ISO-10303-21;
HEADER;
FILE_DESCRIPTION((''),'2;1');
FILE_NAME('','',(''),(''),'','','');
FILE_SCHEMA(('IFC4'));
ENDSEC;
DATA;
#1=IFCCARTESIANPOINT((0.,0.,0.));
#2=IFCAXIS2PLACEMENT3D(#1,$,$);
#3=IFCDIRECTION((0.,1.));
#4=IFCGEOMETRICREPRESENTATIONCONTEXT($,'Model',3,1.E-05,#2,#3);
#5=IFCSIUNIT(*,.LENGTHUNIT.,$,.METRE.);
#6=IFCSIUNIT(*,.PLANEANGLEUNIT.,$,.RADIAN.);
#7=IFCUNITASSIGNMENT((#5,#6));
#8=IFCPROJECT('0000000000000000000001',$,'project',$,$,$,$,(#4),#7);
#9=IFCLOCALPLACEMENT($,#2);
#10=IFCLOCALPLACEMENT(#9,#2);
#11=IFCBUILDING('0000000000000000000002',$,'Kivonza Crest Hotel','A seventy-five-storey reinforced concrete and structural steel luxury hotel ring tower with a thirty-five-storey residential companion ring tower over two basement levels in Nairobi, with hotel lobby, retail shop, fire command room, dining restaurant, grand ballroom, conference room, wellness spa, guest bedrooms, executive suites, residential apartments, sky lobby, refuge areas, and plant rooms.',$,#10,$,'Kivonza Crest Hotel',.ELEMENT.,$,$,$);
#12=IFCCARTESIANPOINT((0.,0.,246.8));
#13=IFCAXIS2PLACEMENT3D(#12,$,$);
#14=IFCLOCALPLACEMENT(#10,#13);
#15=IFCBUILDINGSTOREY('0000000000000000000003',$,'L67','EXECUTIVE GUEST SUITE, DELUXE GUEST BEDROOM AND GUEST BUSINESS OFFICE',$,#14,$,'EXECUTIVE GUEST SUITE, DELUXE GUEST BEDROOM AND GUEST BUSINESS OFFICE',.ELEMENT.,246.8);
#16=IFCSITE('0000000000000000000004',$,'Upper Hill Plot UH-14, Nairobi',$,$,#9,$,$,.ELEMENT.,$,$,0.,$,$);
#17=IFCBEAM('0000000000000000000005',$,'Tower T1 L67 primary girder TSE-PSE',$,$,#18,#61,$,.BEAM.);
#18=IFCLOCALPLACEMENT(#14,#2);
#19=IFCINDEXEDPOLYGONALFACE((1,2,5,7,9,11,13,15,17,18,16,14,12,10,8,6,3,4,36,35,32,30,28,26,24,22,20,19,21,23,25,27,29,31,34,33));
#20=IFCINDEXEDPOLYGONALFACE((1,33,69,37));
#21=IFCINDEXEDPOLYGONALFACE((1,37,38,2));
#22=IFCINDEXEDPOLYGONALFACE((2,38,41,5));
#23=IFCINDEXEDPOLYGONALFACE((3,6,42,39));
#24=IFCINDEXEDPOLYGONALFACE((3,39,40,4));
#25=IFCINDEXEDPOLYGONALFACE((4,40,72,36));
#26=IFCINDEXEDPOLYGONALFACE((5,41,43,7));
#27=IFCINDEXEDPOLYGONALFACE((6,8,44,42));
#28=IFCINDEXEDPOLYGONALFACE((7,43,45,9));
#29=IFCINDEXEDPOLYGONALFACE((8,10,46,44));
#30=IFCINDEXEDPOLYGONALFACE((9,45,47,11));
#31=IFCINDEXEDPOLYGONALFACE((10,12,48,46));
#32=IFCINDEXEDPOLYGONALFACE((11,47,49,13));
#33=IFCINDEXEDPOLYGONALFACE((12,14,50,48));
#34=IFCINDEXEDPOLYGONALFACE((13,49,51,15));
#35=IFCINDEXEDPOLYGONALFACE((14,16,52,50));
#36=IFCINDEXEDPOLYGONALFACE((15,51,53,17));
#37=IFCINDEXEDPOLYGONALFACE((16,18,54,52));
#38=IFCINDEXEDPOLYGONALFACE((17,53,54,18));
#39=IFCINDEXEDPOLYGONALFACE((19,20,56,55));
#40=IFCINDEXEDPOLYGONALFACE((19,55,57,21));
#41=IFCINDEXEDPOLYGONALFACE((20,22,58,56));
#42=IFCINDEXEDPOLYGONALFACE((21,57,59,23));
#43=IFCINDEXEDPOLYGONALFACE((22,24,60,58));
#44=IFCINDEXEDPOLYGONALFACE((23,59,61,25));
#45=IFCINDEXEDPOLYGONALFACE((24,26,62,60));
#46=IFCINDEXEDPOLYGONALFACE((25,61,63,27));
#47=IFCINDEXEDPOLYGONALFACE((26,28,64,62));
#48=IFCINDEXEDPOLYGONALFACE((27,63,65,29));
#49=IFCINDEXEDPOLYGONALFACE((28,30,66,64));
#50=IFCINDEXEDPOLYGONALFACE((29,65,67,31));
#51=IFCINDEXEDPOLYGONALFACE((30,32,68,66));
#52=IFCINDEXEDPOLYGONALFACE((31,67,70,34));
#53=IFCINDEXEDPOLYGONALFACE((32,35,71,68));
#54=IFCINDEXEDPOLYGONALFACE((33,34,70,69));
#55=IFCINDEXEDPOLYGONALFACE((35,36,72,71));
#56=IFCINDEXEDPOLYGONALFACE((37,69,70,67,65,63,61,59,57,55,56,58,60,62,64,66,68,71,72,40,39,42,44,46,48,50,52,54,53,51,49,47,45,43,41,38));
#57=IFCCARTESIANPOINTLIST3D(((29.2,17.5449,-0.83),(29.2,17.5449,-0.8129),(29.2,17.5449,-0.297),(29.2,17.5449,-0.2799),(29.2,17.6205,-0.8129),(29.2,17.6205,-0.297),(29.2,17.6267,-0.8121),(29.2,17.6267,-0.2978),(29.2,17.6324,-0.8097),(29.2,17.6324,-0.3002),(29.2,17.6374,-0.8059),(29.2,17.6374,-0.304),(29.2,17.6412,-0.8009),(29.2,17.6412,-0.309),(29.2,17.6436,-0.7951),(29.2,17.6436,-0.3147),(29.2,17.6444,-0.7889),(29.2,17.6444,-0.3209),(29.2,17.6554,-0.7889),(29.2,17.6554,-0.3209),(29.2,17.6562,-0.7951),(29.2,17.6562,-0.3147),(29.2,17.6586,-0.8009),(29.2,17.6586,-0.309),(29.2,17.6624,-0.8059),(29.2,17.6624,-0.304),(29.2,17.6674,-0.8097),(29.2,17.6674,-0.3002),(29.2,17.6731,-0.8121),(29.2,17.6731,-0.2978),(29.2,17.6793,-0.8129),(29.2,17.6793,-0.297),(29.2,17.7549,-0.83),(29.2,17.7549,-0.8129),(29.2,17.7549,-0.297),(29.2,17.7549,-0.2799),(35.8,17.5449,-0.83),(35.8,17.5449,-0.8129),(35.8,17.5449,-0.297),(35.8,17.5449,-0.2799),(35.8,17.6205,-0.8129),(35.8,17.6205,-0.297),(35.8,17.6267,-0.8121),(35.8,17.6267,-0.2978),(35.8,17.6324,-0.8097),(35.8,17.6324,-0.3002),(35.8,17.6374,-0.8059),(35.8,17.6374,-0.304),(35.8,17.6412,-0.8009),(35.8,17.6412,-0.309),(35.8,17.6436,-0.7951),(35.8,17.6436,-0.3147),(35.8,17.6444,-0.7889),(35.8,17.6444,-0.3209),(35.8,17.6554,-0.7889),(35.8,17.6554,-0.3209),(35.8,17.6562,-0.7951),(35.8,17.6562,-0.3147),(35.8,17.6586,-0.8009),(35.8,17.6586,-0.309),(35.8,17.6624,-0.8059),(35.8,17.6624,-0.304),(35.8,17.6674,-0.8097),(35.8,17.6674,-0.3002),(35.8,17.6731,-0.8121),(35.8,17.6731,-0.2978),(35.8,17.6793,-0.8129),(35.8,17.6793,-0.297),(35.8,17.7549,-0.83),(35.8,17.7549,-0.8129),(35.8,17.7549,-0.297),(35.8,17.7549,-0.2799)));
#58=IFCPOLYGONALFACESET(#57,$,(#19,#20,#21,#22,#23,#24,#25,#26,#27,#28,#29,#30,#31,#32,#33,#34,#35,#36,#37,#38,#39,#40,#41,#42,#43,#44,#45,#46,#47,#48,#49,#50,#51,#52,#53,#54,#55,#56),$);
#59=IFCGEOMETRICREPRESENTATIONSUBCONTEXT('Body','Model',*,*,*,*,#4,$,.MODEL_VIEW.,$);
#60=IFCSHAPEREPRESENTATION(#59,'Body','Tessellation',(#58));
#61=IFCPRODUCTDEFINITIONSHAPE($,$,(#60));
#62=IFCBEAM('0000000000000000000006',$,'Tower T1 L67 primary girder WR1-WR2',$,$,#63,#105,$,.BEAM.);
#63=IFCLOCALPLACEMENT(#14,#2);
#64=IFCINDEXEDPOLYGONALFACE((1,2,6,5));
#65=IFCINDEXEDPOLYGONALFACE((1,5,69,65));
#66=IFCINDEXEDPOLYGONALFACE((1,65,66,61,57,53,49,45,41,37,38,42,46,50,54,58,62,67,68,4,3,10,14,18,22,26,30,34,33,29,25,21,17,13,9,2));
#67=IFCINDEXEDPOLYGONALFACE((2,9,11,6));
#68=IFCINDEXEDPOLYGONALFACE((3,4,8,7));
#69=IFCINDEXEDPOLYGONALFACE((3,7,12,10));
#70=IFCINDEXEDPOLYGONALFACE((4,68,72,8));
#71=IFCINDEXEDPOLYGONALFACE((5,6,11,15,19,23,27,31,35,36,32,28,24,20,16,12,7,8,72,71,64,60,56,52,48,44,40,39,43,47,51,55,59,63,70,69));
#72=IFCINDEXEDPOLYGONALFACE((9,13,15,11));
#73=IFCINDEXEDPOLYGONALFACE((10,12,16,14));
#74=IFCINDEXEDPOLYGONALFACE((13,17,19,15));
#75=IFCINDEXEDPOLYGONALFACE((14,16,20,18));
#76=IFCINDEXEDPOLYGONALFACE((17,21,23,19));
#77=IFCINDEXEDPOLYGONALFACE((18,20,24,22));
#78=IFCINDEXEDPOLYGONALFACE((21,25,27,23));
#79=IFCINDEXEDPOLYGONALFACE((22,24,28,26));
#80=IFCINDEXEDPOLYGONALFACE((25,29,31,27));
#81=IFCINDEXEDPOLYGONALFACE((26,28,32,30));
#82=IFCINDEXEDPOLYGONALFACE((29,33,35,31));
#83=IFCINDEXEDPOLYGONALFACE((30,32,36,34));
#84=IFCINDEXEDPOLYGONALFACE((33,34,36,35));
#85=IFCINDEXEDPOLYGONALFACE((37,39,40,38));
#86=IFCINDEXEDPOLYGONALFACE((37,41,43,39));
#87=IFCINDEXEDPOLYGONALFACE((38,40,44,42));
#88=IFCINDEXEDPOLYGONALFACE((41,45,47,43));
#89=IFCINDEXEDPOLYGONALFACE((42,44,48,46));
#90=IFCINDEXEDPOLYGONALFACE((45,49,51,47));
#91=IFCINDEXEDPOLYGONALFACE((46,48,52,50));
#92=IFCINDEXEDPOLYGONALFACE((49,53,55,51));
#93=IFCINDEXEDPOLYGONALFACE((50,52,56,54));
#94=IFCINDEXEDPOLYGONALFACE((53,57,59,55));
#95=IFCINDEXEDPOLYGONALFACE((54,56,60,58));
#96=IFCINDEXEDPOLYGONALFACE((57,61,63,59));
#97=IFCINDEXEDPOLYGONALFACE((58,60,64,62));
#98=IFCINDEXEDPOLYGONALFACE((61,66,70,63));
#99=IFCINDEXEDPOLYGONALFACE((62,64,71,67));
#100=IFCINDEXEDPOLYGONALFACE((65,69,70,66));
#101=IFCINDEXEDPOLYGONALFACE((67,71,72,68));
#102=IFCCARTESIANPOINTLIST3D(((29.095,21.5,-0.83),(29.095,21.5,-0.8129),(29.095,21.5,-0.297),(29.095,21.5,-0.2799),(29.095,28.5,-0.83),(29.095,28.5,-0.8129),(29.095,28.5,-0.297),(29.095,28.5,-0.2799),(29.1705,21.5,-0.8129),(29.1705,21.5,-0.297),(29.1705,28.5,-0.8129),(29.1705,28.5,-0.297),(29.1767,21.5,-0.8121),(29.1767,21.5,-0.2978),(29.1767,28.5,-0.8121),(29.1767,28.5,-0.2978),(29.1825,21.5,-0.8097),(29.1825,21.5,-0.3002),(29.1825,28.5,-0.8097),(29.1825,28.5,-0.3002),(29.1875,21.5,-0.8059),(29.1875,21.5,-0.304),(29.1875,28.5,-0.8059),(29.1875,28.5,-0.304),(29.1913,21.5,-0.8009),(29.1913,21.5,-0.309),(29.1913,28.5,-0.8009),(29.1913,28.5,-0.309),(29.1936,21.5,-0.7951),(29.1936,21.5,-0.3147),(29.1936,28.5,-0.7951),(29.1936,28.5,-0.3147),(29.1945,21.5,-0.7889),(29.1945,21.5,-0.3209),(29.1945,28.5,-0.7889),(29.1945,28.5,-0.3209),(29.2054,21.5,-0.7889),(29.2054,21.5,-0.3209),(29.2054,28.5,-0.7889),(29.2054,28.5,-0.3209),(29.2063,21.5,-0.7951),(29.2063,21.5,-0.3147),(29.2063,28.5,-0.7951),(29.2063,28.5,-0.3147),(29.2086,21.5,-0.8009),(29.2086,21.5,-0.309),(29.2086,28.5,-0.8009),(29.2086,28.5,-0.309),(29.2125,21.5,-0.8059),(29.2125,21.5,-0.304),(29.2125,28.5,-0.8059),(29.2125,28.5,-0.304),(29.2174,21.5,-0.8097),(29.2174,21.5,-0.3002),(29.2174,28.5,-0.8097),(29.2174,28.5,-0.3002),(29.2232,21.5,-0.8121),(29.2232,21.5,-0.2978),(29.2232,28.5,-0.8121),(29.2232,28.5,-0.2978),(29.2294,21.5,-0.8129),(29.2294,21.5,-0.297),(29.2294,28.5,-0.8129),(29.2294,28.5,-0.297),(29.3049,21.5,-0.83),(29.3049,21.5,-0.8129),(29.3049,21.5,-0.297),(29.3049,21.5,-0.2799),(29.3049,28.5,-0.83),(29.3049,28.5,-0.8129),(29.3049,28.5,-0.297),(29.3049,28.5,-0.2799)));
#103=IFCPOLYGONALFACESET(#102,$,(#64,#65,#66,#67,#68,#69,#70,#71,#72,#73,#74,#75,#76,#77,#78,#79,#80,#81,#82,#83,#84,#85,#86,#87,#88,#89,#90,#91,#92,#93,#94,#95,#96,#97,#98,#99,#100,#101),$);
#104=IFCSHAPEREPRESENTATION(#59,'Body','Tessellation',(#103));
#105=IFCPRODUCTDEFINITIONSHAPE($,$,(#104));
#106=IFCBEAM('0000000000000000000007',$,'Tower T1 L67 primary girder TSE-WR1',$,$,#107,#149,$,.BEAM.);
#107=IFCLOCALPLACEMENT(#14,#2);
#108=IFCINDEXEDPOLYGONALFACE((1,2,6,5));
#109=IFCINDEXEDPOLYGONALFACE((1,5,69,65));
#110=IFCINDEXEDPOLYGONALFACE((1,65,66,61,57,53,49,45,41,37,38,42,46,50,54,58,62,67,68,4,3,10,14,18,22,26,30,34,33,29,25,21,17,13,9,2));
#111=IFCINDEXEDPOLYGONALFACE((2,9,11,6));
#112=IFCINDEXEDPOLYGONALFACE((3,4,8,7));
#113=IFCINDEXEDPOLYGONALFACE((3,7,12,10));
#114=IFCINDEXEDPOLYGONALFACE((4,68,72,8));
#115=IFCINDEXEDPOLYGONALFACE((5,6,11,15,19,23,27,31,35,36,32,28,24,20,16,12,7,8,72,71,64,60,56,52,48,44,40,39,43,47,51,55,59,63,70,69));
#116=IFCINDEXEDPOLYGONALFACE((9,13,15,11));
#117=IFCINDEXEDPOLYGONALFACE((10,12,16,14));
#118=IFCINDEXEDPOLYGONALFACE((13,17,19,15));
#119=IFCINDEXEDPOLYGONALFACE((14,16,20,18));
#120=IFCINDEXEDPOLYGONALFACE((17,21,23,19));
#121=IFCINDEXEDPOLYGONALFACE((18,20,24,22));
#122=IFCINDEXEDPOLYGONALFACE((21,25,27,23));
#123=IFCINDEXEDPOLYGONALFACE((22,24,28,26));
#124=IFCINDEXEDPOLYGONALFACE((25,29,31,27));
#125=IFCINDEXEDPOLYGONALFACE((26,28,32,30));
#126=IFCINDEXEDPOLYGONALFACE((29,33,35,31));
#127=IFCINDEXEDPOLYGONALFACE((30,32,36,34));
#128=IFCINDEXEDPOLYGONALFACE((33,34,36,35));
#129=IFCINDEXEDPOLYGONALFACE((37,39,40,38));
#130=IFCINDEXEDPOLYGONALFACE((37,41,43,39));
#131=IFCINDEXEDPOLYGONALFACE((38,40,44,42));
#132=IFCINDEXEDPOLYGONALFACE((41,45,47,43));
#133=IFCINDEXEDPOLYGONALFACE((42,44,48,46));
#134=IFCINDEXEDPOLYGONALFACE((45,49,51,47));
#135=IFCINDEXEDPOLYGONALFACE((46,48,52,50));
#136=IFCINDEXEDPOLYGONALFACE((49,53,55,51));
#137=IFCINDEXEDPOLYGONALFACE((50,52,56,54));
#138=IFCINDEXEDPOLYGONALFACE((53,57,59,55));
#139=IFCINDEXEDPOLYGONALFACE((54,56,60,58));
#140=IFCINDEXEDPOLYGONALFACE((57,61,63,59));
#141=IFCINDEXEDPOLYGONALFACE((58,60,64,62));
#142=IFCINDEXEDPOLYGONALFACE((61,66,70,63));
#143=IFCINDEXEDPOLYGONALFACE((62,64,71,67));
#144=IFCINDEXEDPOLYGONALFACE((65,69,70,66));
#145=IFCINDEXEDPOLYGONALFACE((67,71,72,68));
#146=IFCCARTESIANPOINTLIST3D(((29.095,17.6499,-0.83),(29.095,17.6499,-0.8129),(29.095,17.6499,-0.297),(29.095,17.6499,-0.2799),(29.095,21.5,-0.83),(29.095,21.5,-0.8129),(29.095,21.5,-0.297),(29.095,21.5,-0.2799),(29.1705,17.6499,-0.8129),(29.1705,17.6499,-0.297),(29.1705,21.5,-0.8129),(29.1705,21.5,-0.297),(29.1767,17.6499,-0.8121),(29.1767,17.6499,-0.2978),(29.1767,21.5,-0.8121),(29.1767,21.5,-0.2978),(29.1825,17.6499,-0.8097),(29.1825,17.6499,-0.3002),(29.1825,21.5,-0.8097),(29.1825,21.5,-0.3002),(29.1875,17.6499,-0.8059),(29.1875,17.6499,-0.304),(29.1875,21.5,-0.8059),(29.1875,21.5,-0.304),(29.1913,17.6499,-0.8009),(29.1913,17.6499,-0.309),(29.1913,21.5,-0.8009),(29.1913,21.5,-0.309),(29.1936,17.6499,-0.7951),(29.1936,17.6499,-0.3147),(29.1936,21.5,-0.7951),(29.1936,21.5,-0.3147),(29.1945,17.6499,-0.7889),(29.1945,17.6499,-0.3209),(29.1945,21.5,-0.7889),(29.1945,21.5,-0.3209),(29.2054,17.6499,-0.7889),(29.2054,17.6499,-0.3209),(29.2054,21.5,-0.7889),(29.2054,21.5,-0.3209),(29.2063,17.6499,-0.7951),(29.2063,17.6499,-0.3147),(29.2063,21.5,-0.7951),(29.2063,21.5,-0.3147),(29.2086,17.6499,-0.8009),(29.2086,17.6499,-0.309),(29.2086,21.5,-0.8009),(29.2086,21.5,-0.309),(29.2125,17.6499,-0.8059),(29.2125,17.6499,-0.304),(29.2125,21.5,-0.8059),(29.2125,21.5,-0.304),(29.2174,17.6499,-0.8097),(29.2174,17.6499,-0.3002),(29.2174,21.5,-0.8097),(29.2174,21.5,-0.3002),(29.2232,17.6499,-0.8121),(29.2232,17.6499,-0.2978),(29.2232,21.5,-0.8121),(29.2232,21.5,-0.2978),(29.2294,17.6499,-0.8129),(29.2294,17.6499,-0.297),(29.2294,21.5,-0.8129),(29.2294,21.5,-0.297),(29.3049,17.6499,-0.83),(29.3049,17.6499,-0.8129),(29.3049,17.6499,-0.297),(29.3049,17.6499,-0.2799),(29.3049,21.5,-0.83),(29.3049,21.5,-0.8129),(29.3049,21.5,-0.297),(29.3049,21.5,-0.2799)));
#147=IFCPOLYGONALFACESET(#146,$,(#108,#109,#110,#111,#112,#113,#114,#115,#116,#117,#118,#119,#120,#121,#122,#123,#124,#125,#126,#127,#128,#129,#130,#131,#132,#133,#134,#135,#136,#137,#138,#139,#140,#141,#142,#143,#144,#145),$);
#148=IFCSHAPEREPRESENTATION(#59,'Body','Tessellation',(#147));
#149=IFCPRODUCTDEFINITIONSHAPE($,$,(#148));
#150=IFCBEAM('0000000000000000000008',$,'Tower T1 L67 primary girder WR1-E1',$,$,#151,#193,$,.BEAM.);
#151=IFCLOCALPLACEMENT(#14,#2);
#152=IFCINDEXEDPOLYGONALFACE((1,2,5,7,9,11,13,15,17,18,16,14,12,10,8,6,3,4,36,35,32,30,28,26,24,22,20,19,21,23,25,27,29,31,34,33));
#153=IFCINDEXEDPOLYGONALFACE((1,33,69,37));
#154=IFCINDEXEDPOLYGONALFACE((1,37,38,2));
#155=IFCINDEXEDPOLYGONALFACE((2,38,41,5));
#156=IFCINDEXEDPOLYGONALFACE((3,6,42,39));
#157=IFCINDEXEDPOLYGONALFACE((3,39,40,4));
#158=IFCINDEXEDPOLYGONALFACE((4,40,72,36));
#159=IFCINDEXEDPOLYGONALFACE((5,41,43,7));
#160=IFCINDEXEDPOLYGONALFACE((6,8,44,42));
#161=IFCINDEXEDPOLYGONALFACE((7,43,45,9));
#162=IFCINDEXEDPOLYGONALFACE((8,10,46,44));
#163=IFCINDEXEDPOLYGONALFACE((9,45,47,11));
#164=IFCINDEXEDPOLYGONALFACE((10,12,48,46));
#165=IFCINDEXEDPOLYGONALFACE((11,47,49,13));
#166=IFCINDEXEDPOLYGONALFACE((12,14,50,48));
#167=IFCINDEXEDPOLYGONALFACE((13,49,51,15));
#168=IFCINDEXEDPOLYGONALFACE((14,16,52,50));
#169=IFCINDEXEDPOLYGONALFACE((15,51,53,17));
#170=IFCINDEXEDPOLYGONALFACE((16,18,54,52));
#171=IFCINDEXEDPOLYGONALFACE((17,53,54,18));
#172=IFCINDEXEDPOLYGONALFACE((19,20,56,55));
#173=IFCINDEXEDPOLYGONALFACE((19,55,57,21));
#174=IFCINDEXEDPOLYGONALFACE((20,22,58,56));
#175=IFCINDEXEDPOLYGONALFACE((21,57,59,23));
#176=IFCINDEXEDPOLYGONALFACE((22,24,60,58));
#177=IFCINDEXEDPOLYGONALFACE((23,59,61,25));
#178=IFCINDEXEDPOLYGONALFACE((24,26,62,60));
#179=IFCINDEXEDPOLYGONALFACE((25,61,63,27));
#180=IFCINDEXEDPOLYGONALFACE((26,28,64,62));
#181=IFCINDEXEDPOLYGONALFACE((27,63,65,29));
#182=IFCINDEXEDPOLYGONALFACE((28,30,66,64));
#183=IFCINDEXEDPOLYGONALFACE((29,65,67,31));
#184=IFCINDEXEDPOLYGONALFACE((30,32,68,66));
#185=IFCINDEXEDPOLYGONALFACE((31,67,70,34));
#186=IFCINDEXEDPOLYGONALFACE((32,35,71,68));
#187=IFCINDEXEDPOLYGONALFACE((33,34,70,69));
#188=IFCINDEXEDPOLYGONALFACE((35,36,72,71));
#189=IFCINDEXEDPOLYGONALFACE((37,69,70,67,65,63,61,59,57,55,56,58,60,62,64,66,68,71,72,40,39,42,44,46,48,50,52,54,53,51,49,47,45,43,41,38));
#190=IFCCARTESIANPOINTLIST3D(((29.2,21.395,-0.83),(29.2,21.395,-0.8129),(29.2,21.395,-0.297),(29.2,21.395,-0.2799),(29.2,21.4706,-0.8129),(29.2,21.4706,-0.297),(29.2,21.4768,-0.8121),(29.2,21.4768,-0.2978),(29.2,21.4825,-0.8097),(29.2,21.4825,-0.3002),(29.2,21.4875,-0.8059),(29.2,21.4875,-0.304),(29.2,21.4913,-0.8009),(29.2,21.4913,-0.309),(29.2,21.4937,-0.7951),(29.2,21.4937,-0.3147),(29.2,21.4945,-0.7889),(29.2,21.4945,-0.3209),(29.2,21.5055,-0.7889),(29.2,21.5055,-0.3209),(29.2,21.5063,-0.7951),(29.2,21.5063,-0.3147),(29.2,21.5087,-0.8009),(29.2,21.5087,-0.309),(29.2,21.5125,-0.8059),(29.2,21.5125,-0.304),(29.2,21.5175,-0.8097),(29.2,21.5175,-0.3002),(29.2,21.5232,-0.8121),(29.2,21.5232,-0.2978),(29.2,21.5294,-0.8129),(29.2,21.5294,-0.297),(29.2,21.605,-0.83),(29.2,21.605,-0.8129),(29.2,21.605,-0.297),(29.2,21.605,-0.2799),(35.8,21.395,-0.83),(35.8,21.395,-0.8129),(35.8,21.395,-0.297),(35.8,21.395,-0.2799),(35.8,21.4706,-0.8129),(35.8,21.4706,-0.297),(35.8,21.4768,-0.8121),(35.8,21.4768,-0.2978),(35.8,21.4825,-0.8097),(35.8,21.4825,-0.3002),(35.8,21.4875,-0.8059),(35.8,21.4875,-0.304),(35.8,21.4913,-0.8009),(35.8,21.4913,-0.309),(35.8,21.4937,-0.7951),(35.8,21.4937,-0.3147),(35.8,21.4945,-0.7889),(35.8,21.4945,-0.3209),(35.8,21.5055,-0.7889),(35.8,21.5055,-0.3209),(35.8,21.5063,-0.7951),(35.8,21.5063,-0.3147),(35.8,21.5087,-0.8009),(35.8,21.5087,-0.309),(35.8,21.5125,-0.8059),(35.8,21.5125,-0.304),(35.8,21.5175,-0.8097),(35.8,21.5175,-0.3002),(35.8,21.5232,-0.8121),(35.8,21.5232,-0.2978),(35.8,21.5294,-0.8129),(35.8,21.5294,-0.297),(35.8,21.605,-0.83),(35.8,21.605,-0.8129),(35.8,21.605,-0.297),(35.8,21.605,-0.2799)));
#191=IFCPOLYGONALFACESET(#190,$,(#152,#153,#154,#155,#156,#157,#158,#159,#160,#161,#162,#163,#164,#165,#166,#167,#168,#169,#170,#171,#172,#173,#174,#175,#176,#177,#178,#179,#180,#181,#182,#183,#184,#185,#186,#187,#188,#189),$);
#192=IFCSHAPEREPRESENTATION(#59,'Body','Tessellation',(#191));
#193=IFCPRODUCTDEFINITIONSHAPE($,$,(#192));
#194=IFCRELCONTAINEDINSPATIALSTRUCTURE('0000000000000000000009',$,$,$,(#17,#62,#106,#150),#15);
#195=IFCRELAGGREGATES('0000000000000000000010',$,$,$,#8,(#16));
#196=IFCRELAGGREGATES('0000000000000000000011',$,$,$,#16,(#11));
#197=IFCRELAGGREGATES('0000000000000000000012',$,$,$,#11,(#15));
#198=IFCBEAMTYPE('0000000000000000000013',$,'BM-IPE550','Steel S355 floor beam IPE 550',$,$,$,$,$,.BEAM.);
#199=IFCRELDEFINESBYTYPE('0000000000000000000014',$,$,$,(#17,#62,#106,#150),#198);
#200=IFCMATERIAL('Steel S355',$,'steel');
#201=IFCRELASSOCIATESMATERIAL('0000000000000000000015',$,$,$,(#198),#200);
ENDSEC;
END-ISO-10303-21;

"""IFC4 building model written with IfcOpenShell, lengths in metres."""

from ifc_helpers import new_model, si_unit, direction, frame, origin, origin_2d, place, context, subcontext, project, spatial, i_section, extrude, material, material_profile, profile_set, type_object, element, save


model = new_model("IFC4")

# Units and contexts
model_context = context("Model", 3, precision=1e-05, world=origin(), true_north=direction((0.0, 1.0)))
body_context = subcontext(model_context, "Body", "Model", "MODEL_VIEW")
ifc_project = project(units=[si_unit("LENGTHUNIT", "METRE"), si_unit("PLANEANGLEUNIT", "RADIAN")], contexts=[model_context])

# Site, building, storey
site_placement = place(None, origin())
site = spatial("IfcSite", under=ifc_project, at=site_placement, Name="Upper Hill Plot UH-14, Nairobi", CompositionType="ELEMENT", RefElevation=0.0)
building_placement = place(site_placement, origin())
building = spatial("IfcBuilding", under=site, at=building_placement, Name="Kivonza Crest Hotel", Description="A seventy-five-storey reinforced concrete and structural steel luxury hotel ring tower with a thirty-five-storey residential companion ring tower over two basement levels in Nairobi, with hotel lobby, retail shop, fire command room, dining restaurant, grand ballroom, conference room, wellness spa, guest bedrooms, executive suites, residential apartments, sky lobby, refuge areas, and plant rooms.", LongName="Kivonza Crest Hotel", CompositionType="ELEMENT")
storey_placement = place(building_placement, frame((0.0, 0.0, 246.8)))
storey = spatial("IfcBuildingStorey", under=building, at=storey_placement, Name="L67", Description="EXECUTIVE GUEST SUITE, DELUXE GUEST BEDROOM AND GUEST BUSINESS OFFICE", LongName="EXECUTIVE GUEST SUITE, DELUXE GUEST BEDROOM AND GUEST BUSINESS OFFICE", CompositionType="ELEMENT", Elevation=246.8)

# Beams
ifc_material_1 = material(Name="Steel S355", Category="steel")
ifc_material_profile_1 = material_profile(ifc_material_1, i_section(OverallWidth=0.21, OverallDepth=0.55, WebThickness=0.011, FlangeThickness=0.0171, FilletRadius=0.0239, at=origin_2d()), Name="IPE 550")
ifc_profile_set_1 = profile_set([ifc_material_profile_1], Name="Steel S355")
beam_type_1 = type_object("IfcBeamType", Name="BM-IPE550", Description="Steel S355 floor beam IPE 550", PredefinedType="BEAM", material=ifc_profile_set_1)
beam_1_placement = place(storey_placement, frame((29.2, 17.6499, -0.5549), z_axis=(1.0, 0.0, 0.0), x_axis=(0.0, 1.0, 0.0)))
element("IfcBeam", 1, at=beam_1_placement, inside=storey, type_object=beam_type_1, Name="Tower T1 L67 primary girder TSE-PSE", PredefinedType="BEAM", context=body_context, shape_type="SweptSolid", body=[
    extrude(i_section(OverallWidth=0.21, OverallDepth=0.55, WebThickness=0.011, FlangeThickness=0.0171, FilletRadius=0.0239, at=origin_2d()), origin(), (0.0, 0.0, 1.0), 6.6001),
])
beam_2_placement = place(storey_placement, frame((29.2, 21.5, -0.5549), z_axis=(0.0, 1.0, 0.0), x_axis=(-1.0, 0.0, 0.0)))
element("IfcBeam", 2, at=beam_2_placement, inside=storey, type_object=beam_type_1, Name="Tower T1 L67 primary girder WR1-WR2", PredefinedType="BEAM", context=body_context, shape_type="SweptSolid", body=[
    extrude(i_section(OverallWidth=0.21, OverallDepth=0.55, WebThickness=0.011, FlangeThickness=0.0171, FilletRadius=0.0239, at=origin_2d()), origin(), (0.0, 0.0, 1.0), 7.0),
])
beam_3_placement = place(storey_placement, frame((29.2, 17.6499, -0.5549), z_axis=(0.0, 1.0, 0.0), x_axis=(-1.0, 0.0, 0.0)))
element("IfcBeam", 3, at=beam_3_placement, inside=storey, type_object=beam_type_1, Name="Tower T1 L67 primary girder TSE-WR1", PredefinedType="BEAM", context=body_context, shape_type="SweptSolid", body=[
    extrude(i_section(OverallWidth=0.21, OverallDepth=0.55, WebThickness=0.011, FlangeThickness=0.0171, FilletRadius=0.0239, at=origin_2d()), origin(), (0.0, 0.0, 1.0), 3.8501),
])
beam_4_placement = place(storey_placement, frame((29.2, 21.5, -0.5549), z_axis=(1.0, 0.0, 0.0), x_axis=(0.0, 1.0, 0.0)))
element("IfcBeam", 4, at=beam_4_placement, inside=storey, type_object=beam_type_1, Name="Tower T1 L67 primary girder WR1-E1", PredefinedType="BEAM", context=body_context, shape_type="SweptSolid", body=[
    extrude(i_section(OverallWidth=0.21, OverallDepth=0.55, WebThickness=0.011, FlangeThickness=0.0171, FilletRadius=0.0239, at=origin_2d()), origin(), (0.0, 0.0, 1.0), 6.6001),
])

save(model, "model.ifc")
